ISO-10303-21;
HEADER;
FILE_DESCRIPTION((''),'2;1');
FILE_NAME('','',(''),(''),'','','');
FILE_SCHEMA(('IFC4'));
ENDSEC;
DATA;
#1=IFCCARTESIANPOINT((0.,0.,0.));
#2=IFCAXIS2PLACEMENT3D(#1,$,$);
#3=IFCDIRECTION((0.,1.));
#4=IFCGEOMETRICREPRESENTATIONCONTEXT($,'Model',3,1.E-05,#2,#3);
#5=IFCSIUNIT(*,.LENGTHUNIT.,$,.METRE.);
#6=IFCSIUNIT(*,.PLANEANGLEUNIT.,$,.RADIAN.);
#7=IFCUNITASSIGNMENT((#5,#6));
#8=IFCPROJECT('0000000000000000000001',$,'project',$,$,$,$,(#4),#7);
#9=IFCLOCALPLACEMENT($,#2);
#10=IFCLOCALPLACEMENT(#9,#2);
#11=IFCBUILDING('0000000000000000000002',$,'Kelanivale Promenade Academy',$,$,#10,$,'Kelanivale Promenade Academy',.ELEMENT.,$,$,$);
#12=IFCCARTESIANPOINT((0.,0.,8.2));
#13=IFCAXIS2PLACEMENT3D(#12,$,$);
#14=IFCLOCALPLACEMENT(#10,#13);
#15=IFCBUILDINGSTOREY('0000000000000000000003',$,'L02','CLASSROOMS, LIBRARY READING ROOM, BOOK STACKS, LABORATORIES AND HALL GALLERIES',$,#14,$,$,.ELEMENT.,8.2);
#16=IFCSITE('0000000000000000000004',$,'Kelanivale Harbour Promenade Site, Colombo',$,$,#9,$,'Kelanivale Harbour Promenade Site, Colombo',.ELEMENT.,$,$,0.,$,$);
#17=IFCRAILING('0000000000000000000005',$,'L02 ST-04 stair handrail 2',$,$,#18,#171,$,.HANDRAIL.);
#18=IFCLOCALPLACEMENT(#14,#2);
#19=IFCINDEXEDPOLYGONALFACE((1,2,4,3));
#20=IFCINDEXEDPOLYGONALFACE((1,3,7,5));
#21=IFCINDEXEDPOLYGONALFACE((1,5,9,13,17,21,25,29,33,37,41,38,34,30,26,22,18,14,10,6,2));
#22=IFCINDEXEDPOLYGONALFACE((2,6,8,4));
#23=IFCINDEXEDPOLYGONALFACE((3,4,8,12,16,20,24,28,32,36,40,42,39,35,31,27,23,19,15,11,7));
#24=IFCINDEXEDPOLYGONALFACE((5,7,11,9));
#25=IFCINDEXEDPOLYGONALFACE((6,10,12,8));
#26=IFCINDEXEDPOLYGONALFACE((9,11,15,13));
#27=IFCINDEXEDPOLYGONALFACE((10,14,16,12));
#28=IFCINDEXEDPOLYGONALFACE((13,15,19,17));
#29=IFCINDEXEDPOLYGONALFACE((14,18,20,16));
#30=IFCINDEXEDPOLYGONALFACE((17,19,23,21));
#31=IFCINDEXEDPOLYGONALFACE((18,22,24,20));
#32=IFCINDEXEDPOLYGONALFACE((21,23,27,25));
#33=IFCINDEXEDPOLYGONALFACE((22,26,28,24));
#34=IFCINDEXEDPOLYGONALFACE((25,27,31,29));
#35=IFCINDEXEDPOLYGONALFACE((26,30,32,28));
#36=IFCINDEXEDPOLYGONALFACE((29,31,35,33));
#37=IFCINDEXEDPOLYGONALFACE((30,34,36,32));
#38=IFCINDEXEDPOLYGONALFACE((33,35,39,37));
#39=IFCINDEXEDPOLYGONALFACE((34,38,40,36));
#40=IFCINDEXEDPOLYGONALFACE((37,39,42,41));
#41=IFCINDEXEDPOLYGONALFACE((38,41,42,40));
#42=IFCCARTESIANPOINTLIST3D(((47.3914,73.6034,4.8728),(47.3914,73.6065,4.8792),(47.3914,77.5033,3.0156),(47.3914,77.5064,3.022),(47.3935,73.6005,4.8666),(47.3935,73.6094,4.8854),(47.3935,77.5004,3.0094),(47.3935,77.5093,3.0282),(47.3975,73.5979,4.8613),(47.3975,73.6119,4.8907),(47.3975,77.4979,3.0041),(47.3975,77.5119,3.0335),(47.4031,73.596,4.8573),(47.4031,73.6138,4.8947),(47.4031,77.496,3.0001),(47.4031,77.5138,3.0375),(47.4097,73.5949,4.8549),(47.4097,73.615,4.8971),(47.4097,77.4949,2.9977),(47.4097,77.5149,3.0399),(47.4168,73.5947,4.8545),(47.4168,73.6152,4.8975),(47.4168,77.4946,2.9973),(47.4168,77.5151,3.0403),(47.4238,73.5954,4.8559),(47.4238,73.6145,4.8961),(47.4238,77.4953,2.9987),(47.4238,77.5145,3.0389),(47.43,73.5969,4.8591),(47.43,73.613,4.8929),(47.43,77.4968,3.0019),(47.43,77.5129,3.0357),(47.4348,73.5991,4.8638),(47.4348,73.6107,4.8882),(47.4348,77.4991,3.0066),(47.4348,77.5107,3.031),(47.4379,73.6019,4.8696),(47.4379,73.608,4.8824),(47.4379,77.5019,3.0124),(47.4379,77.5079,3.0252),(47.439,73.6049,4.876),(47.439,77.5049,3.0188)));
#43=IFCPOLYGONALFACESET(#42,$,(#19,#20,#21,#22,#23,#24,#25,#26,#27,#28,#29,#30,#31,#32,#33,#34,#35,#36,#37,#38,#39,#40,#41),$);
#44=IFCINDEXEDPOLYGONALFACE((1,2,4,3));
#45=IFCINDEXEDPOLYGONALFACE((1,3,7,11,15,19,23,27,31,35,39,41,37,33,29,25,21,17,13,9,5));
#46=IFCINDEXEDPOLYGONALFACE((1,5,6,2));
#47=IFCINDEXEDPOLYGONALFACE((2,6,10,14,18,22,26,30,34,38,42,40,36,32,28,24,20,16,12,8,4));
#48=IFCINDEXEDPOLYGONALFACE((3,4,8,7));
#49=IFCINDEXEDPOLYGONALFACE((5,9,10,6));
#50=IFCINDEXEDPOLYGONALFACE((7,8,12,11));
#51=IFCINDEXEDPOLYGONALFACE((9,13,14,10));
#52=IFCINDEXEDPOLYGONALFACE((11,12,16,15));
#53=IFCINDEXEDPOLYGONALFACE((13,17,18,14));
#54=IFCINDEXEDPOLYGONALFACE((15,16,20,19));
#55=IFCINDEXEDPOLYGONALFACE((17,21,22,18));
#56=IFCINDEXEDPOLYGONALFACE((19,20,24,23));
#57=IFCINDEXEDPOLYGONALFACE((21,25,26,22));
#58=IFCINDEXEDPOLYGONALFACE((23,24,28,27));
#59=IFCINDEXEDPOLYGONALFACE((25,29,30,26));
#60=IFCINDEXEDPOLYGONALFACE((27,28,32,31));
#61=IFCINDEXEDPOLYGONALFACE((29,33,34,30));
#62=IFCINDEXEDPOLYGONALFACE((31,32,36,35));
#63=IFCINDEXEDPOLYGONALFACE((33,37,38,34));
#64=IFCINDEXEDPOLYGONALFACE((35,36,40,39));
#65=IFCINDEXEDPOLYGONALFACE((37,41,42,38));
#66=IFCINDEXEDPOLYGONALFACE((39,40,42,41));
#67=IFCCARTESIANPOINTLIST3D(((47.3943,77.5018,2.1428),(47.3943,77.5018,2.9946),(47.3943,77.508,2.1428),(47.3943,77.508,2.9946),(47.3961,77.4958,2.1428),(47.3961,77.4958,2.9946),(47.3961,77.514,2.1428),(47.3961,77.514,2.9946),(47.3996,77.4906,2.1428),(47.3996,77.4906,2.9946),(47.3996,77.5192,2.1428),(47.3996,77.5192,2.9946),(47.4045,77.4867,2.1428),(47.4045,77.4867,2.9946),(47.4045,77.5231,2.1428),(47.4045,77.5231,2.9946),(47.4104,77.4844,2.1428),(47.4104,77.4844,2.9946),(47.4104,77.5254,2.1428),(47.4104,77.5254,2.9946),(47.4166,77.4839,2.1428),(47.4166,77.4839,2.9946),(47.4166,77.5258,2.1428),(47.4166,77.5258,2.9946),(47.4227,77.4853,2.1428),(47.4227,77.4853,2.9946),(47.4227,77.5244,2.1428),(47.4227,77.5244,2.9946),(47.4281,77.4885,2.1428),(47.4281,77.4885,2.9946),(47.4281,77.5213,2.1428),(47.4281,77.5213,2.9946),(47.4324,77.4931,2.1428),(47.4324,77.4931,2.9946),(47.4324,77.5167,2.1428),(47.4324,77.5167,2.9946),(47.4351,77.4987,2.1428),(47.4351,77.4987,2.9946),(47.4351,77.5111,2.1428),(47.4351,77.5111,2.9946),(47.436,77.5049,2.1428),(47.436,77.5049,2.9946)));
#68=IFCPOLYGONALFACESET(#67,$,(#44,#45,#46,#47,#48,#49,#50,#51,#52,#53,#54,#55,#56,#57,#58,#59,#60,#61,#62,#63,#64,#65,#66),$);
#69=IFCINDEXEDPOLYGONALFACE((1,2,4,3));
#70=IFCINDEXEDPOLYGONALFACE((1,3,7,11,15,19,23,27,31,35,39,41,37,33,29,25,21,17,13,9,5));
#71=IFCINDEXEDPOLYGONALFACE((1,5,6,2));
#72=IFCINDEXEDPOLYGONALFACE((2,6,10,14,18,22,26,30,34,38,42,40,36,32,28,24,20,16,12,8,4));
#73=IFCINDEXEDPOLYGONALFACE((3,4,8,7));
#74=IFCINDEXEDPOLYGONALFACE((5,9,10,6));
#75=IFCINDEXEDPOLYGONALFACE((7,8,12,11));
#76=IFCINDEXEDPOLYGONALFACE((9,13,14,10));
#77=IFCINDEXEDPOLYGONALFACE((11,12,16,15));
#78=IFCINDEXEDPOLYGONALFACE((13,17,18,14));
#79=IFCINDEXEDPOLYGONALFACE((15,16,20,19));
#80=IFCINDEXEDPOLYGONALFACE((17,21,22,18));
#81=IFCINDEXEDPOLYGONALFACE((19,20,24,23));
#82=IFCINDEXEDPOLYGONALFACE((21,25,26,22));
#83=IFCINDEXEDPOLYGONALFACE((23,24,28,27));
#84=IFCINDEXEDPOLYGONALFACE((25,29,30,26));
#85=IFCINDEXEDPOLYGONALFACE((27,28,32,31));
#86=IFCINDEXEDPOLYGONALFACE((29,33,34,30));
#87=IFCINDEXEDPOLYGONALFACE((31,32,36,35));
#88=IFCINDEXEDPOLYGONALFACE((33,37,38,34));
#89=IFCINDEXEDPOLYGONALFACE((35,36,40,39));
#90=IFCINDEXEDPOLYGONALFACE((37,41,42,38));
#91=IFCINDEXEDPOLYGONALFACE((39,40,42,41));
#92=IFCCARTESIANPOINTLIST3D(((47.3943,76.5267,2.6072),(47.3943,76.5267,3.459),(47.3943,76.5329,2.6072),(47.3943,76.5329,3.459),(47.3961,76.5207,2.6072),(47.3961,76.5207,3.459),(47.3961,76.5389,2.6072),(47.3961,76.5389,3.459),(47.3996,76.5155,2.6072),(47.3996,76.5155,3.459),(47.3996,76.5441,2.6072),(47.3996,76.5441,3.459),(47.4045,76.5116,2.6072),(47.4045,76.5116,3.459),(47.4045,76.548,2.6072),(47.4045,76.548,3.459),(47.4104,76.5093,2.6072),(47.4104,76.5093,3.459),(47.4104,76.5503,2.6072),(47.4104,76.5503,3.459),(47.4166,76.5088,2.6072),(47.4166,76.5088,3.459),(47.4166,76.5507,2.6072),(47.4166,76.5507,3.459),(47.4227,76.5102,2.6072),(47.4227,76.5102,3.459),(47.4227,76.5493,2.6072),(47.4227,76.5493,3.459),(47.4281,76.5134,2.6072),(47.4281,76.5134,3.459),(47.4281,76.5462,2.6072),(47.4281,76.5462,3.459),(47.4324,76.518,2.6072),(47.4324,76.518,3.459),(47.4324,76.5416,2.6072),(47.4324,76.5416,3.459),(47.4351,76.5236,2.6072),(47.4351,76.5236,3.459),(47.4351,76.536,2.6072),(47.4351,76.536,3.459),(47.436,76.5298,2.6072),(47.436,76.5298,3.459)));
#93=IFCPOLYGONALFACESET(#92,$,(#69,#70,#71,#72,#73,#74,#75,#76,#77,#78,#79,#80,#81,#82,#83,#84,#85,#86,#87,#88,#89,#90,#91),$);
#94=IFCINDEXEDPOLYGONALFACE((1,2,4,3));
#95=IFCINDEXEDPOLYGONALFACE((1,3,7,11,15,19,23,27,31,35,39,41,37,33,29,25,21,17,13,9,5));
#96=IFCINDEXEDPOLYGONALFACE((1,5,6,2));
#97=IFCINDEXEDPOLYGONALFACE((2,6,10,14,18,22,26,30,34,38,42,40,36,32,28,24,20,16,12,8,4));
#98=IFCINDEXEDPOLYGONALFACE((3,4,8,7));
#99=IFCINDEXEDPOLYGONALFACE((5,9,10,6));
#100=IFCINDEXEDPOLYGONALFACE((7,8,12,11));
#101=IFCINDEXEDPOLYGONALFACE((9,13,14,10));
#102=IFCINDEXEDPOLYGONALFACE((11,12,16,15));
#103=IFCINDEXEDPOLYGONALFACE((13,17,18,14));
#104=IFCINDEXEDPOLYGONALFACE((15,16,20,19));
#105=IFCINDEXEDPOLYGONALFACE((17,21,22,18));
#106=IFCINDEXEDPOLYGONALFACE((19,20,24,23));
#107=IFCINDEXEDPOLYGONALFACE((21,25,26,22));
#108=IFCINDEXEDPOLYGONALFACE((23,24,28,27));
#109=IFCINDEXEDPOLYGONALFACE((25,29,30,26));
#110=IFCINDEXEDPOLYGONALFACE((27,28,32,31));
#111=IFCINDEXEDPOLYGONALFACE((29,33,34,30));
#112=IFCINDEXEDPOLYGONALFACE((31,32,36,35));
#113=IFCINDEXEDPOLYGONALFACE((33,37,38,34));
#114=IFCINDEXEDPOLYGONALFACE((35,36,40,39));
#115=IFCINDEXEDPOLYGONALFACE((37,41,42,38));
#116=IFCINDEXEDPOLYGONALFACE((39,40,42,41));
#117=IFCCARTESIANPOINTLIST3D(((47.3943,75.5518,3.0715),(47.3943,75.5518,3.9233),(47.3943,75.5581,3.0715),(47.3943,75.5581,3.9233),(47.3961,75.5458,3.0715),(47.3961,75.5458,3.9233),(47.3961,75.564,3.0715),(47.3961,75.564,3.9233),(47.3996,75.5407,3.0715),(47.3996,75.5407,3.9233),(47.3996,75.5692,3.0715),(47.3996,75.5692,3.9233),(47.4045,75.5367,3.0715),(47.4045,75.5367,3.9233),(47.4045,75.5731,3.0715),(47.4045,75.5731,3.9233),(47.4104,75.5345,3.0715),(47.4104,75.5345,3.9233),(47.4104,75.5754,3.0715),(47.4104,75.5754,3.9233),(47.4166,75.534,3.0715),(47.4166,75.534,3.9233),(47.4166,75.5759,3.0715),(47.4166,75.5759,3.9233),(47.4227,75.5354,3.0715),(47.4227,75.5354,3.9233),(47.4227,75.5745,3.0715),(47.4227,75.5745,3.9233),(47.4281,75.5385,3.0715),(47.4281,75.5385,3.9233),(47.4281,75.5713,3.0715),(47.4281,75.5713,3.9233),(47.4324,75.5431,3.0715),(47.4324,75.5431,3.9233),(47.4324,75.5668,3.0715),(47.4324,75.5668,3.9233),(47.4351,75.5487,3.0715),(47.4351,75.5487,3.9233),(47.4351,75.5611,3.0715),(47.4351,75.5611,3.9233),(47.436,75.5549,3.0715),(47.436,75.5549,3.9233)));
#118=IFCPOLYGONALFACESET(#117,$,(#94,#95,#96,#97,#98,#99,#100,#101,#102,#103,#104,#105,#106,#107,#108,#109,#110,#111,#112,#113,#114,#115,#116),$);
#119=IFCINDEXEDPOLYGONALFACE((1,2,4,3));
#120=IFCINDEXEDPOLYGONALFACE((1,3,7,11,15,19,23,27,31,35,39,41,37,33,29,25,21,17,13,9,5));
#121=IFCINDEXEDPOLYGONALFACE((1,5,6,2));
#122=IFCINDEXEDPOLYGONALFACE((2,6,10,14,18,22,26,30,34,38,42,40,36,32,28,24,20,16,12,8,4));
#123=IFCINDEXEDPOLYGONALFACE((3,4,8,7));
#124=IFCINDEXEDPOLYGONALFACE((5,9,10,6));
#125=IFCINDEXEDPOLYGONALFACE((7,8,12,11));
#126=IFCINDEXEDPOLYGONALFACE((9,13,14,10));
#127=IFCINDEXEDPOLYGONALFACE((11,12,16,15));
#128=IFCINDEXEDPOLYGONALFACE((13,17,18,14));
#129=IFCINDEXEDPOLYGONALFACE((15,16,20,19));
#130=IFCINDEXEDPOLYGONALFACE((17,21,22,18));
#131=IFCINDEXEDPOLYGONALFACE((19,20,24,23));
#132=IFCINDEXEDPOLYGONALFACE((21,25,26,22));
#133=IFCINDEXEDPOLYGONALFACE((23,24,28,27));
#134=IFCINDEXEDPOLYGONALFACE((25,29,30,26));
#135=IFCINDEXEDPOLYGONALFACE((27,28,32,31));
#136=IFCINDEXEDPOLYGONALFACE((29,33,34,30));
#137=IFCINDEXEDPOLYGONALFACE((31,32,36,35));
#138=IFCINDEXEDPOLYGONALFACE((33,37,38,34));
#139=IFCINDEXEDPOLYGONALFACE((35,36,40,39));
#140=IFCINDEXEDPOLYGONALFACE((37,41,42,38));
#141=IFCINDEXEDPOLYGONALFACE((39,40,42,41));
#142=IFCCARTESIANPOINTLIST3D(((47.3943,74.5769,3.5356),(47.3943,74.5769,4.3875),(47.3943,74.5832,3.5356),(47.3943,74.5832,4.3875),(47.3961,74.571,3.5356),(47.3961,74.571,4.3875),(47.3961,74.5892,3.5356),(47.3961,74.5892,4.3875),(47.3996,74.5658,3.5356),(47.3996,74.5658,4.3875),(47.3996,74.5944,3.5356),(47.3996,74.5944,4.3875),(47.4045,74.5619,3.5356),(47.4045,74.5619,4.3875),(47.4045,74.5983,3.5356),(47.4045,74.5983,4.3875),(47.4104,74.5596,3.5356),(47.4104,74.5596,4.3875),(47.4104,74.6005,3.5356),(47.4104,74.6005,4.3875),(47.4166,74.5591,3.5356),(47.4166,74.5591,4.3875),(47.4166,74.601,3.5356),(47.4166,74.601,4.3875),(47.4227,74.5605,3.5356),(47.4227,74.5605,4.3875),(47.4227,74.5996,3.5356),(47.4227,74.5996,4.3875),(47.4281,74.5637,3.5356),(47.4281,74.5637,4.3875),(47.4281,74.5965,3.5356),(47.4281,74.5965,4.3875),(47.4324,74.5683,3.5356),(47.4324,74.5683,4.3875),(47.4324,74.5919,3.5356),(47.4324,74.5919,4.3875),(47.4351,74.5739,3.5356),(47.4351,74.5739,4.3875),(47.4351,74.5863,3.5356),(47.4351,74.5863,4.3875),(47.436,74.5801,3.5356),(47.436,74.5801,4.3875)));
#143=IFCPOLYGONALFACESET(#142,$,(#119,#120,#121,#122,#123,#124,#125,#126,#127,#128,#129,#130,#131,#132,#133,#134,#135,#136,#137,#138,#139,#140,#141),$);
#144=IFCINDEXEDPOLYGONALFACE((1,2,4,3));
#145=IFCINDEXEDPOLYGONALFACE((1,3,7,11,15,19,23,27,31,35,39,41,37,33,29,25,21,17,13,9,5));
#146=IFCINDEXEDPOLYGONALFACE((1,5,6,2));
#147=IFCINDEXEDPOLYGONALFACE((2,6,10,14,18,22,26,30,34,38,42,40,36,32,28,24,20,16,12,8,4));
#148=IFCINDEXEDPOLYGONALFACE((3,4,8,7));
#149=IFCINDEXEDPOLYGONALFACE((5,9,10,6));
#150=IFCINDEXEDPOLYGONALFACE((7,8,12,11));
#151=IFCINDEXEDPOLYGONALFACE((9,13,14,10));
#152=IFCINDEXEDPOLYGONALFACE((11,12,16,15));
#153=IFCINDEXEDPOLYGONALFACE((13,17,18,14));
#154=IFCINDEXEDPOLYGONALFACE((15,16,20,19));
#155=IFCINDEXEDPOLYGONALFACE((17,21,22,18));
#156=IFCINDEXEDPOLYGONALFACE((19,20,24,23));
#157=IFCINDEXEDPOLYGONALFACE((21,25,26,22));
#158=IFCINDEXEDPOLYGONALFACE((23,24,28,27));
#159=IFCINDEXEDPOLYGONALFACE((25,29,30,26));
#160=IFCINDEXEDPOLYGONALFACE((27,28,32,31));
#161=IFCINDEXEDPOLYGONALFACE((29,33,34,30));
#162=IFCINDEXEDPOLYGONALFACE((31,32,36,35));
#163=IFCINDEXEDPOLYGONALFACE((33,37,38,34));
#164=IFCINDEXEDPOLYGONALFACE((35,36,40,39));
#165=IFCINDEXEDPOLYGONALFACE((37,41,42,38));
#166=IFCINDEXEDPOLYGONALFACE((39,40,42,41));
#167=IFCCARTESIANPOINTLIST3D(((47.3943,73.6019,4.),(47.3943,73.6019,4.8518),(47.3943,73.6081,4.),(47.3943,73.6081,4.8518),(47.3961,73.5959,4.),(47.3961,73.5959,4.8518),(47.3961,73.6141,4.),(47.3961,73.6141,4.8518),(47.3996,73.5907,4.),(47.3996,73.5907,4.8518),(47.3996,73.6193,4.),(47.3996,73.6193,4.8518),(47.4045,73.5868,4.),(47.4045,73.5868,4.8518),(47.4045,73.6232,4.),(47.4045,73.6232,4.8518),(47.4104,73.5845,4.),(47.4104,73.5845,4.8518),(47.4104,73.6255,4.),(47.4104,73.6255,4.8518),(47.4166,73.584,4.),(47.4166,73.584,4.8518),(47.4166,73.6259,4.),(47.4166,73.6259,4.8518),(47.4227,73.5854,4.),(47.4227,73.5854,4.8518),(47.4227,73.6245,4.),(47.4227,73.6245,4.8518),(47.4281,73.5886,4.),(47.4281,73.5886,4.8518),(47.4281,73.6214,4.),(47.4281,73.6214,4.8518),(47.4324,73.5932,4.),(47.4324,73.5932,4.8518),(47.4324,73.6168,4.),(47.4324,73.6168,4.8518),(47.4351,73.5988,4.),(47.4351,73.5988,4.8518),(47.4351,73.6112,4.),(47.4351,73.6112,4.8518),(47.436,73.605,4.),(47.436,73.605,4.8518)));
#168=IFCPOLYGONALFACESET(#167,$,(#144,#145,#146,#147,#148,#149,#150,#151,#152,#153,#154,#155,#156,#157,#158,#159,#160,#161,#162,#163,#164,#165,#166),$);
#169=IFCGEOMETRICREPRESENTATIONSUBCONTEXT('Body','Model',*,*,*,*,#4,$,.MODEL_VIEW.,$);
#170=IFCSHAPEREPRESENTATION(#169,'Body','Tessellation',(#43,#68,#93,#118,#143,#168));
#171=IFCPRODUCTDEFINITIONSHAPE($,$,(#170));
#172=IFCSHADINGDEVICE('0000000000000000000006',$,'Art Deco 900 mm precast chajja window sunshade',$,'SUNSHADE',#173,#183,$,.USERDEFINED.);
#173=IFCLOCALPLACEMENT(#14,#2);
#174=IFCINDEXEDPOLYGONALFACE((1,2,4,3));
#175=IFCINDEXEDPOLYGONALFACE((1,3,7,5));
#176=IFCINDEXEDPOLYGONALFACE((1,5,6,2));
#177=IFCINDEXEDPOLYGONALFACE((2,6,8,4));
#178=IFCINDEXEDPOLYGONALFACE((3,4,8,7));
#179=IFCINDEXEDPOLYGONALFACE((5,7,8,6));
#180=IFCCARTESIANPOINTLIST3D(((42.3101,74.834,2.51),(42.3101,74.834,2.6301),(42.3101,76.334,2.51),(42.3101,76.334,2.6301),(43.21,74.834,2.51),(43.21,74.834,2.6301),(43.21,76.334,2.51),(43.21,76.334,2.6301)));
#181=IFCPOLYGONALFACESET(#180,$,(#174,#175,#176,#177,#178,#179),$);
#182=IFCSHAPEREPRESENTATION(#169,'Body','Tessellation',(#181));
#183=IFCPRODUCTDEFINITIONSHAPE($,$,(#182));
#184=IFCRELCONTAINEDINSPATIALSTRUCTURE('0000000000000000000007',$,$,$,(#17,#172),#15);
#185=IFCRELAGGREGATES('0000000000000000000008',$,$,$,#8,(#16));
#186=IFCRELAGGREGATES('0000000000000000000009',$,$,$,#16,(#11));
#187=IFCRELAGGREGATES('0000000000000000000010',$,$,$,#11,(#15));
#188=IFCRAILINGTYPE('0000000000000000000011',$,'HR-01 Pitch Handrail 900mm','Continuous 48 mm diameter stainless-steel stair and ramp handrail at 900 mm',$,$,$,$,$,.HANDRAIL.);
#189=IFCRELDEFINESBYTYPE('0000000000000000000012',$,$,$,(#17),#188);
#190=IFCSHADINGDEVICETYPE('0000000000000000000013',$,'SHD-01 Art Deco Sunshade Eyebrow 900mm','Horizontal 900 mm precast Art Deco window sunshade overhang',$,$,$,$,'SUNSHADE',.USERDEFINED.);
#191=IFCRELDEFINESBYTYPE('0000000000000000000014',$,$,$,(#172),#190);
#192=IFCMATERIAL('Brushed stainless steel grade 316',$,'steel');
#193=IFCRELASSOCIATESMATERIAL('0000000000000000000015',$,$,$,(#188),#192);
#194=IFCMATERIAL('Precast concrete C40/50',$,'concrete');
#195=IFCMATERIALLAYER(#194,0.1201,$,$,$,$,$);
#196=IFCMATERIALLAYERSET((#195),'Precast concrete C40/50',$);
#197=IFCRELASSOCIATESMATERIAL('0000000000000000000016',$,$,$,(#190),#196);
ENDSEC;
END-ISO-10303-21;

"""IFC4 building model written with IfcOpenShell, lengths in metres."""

from ifc_helpers import new_model, si_unit, direction, frame, origin, origin_2d, place, context, subcontext, project, spatial, rectangle, circle, extrude, material, layer, layer_set, type_object, element, save


model = new_model("IFC4")

# Units and contexts
model_context = context("Model", 3, precision=1e-05, world=origin(), true_north=direction((0.0, 1.0)))
body_context = subcontext(model_context, "Body", "Model", "MODEL_VIEW")
ifc_project = project(units=[si_unit("LENGTHUNIT", "METRE"), si_unit("PLANEANGLEUNIT", "RADIAN")], contexts=[model_context])

# Site, building, storey
site_placement = place(None, origin())
site = spatial("IfcSite", under=ifc_project, at=site_placement, Name="Kelanivale Harbour Promenade Site, Colombo", LongName="Kelanivale Harbour Promenade Site, Colombo", CompositionType="ELEMENT", RefElevation=0.0)
building_placement = place(site_placement, origin())
building = spatial("IfcBuilding", under=site, at=building_placement, Name="Kelanivale Promenade Academy", LongName="Kelanivale Promenade Academy", CompositionType="ELEMENT")
storey_placement = place(building_placement, frame((0.0, 0.0, 8.2)))
storey = spatial("IfcBuildingStorey", under=building, at=storey_placement, Name="L02", Description="CLASSROOMS, LIBRARY READING ROOM, BOOK STACKS, LABORATORIES AND HALL GALLERIES", CompositionType="ELEMENT", Elevation=8.2)

# Railing
ifc_material_1 = material(Name="Brushed stainless steel grade 316", Category="steel")
railing_type_1 = type_object("IfcRailingType", Name="HR-01 Pitch Handrail 900mm", Description="Continuous 48 mm diameter stainless-steel stair and ramp handrail at 900 mm", PredefinedType="HANDRAIL", material=ifc_material_1)
railing_1_placement = place(storey_placement, frame((47.415, 77.5049, 2.1428)))
element("IfcRailing", 1, at=railing_1_placement, inside=storey, type_object=railing_type_1, Name="L02 ST-04 stair handrail 2", PredefinedType="HANDRAIL", context=body_context, shape_type="SweptSolid", body=[
    extrude(circle(Radius=0.0239, at=origin_2d()), frame((0.0, 0.0, 0.876), z_axis=(0.0, -0.902853, 0.429949), x_axis=(1.0, 0.0, 0.0)), (0.0, 0.0, 1.0), 4.3196),
    extrude(circle(Radius=0.021, at=origin_2d()), origin(), (0.0, 0.0, 1.0), 0.8518),
    extrude(circle(Radius=0.021, at=origin_2d()), frame((0.0, -0.9751, 0.4644)), (0.0, 0.0, 1.0), 0.8518),
    extrude(circle(Radius=0.021, at=origin_2d()), frame((0.0, -1.95, 0.9287)), (0.0, 0.0, 1.0), 0.8518),
    extrude(circle(Radius=0.021, at=origin_2d()), frame((0.0, -2.9248, 1.3928)), (0.0, 0.0, 1.0), 0.8518),
    extrude(circle(Radius=0.021, at=origin_2d()), frame((0.0, -3.8999, 1.8572)), (0.0, 0.0, 1.0), 0.8518),
])

# Shading device
ifc_material_2 = material(Name="Precast concrete C40/50", Category="concrete")
ifc_layer_1 = layer(ifc_material_2, 0.1201)
ifc_layer_set_1 = layer_set([ifc_layer_1], Name="Precast concrete C40/50")
shading_device_type = type_object("IfcShadingDeviceType", Name="SHD-01 Art Deco Sunshade Eyebrow 900mm", Description="Horizontal 900 mm precast Art Deco window sunshade overhang", ElementType="SUNSHADE", PredefinedType="USERDEFINED", material=ifc_layer_set_1)
shading_device_placement = place(storey_placement, frame((42.76, 75.584, 2.51), z_axis=(0.0, 0.0, 1.0), x_axis=(0.0, -1.0, 0.0)))
element("IfcShadingDevice", 2, at=shading_device_placement, inside=storey, type_object=shading_device_type, Name="Art Deco 900 mm precast chajja window sunshade", ObjectType="SUNSHADE", PredefinedType="USERDEFINED", context=body_context, shape_type="SweptSolid", body=[
    extrude(rectangle(XDim=1.5, YDim=0.8999, at=origin_2d()), origin(), (0.0, 0.0, 1.0), 0.1201),
])

save(model, "model.ifc")
